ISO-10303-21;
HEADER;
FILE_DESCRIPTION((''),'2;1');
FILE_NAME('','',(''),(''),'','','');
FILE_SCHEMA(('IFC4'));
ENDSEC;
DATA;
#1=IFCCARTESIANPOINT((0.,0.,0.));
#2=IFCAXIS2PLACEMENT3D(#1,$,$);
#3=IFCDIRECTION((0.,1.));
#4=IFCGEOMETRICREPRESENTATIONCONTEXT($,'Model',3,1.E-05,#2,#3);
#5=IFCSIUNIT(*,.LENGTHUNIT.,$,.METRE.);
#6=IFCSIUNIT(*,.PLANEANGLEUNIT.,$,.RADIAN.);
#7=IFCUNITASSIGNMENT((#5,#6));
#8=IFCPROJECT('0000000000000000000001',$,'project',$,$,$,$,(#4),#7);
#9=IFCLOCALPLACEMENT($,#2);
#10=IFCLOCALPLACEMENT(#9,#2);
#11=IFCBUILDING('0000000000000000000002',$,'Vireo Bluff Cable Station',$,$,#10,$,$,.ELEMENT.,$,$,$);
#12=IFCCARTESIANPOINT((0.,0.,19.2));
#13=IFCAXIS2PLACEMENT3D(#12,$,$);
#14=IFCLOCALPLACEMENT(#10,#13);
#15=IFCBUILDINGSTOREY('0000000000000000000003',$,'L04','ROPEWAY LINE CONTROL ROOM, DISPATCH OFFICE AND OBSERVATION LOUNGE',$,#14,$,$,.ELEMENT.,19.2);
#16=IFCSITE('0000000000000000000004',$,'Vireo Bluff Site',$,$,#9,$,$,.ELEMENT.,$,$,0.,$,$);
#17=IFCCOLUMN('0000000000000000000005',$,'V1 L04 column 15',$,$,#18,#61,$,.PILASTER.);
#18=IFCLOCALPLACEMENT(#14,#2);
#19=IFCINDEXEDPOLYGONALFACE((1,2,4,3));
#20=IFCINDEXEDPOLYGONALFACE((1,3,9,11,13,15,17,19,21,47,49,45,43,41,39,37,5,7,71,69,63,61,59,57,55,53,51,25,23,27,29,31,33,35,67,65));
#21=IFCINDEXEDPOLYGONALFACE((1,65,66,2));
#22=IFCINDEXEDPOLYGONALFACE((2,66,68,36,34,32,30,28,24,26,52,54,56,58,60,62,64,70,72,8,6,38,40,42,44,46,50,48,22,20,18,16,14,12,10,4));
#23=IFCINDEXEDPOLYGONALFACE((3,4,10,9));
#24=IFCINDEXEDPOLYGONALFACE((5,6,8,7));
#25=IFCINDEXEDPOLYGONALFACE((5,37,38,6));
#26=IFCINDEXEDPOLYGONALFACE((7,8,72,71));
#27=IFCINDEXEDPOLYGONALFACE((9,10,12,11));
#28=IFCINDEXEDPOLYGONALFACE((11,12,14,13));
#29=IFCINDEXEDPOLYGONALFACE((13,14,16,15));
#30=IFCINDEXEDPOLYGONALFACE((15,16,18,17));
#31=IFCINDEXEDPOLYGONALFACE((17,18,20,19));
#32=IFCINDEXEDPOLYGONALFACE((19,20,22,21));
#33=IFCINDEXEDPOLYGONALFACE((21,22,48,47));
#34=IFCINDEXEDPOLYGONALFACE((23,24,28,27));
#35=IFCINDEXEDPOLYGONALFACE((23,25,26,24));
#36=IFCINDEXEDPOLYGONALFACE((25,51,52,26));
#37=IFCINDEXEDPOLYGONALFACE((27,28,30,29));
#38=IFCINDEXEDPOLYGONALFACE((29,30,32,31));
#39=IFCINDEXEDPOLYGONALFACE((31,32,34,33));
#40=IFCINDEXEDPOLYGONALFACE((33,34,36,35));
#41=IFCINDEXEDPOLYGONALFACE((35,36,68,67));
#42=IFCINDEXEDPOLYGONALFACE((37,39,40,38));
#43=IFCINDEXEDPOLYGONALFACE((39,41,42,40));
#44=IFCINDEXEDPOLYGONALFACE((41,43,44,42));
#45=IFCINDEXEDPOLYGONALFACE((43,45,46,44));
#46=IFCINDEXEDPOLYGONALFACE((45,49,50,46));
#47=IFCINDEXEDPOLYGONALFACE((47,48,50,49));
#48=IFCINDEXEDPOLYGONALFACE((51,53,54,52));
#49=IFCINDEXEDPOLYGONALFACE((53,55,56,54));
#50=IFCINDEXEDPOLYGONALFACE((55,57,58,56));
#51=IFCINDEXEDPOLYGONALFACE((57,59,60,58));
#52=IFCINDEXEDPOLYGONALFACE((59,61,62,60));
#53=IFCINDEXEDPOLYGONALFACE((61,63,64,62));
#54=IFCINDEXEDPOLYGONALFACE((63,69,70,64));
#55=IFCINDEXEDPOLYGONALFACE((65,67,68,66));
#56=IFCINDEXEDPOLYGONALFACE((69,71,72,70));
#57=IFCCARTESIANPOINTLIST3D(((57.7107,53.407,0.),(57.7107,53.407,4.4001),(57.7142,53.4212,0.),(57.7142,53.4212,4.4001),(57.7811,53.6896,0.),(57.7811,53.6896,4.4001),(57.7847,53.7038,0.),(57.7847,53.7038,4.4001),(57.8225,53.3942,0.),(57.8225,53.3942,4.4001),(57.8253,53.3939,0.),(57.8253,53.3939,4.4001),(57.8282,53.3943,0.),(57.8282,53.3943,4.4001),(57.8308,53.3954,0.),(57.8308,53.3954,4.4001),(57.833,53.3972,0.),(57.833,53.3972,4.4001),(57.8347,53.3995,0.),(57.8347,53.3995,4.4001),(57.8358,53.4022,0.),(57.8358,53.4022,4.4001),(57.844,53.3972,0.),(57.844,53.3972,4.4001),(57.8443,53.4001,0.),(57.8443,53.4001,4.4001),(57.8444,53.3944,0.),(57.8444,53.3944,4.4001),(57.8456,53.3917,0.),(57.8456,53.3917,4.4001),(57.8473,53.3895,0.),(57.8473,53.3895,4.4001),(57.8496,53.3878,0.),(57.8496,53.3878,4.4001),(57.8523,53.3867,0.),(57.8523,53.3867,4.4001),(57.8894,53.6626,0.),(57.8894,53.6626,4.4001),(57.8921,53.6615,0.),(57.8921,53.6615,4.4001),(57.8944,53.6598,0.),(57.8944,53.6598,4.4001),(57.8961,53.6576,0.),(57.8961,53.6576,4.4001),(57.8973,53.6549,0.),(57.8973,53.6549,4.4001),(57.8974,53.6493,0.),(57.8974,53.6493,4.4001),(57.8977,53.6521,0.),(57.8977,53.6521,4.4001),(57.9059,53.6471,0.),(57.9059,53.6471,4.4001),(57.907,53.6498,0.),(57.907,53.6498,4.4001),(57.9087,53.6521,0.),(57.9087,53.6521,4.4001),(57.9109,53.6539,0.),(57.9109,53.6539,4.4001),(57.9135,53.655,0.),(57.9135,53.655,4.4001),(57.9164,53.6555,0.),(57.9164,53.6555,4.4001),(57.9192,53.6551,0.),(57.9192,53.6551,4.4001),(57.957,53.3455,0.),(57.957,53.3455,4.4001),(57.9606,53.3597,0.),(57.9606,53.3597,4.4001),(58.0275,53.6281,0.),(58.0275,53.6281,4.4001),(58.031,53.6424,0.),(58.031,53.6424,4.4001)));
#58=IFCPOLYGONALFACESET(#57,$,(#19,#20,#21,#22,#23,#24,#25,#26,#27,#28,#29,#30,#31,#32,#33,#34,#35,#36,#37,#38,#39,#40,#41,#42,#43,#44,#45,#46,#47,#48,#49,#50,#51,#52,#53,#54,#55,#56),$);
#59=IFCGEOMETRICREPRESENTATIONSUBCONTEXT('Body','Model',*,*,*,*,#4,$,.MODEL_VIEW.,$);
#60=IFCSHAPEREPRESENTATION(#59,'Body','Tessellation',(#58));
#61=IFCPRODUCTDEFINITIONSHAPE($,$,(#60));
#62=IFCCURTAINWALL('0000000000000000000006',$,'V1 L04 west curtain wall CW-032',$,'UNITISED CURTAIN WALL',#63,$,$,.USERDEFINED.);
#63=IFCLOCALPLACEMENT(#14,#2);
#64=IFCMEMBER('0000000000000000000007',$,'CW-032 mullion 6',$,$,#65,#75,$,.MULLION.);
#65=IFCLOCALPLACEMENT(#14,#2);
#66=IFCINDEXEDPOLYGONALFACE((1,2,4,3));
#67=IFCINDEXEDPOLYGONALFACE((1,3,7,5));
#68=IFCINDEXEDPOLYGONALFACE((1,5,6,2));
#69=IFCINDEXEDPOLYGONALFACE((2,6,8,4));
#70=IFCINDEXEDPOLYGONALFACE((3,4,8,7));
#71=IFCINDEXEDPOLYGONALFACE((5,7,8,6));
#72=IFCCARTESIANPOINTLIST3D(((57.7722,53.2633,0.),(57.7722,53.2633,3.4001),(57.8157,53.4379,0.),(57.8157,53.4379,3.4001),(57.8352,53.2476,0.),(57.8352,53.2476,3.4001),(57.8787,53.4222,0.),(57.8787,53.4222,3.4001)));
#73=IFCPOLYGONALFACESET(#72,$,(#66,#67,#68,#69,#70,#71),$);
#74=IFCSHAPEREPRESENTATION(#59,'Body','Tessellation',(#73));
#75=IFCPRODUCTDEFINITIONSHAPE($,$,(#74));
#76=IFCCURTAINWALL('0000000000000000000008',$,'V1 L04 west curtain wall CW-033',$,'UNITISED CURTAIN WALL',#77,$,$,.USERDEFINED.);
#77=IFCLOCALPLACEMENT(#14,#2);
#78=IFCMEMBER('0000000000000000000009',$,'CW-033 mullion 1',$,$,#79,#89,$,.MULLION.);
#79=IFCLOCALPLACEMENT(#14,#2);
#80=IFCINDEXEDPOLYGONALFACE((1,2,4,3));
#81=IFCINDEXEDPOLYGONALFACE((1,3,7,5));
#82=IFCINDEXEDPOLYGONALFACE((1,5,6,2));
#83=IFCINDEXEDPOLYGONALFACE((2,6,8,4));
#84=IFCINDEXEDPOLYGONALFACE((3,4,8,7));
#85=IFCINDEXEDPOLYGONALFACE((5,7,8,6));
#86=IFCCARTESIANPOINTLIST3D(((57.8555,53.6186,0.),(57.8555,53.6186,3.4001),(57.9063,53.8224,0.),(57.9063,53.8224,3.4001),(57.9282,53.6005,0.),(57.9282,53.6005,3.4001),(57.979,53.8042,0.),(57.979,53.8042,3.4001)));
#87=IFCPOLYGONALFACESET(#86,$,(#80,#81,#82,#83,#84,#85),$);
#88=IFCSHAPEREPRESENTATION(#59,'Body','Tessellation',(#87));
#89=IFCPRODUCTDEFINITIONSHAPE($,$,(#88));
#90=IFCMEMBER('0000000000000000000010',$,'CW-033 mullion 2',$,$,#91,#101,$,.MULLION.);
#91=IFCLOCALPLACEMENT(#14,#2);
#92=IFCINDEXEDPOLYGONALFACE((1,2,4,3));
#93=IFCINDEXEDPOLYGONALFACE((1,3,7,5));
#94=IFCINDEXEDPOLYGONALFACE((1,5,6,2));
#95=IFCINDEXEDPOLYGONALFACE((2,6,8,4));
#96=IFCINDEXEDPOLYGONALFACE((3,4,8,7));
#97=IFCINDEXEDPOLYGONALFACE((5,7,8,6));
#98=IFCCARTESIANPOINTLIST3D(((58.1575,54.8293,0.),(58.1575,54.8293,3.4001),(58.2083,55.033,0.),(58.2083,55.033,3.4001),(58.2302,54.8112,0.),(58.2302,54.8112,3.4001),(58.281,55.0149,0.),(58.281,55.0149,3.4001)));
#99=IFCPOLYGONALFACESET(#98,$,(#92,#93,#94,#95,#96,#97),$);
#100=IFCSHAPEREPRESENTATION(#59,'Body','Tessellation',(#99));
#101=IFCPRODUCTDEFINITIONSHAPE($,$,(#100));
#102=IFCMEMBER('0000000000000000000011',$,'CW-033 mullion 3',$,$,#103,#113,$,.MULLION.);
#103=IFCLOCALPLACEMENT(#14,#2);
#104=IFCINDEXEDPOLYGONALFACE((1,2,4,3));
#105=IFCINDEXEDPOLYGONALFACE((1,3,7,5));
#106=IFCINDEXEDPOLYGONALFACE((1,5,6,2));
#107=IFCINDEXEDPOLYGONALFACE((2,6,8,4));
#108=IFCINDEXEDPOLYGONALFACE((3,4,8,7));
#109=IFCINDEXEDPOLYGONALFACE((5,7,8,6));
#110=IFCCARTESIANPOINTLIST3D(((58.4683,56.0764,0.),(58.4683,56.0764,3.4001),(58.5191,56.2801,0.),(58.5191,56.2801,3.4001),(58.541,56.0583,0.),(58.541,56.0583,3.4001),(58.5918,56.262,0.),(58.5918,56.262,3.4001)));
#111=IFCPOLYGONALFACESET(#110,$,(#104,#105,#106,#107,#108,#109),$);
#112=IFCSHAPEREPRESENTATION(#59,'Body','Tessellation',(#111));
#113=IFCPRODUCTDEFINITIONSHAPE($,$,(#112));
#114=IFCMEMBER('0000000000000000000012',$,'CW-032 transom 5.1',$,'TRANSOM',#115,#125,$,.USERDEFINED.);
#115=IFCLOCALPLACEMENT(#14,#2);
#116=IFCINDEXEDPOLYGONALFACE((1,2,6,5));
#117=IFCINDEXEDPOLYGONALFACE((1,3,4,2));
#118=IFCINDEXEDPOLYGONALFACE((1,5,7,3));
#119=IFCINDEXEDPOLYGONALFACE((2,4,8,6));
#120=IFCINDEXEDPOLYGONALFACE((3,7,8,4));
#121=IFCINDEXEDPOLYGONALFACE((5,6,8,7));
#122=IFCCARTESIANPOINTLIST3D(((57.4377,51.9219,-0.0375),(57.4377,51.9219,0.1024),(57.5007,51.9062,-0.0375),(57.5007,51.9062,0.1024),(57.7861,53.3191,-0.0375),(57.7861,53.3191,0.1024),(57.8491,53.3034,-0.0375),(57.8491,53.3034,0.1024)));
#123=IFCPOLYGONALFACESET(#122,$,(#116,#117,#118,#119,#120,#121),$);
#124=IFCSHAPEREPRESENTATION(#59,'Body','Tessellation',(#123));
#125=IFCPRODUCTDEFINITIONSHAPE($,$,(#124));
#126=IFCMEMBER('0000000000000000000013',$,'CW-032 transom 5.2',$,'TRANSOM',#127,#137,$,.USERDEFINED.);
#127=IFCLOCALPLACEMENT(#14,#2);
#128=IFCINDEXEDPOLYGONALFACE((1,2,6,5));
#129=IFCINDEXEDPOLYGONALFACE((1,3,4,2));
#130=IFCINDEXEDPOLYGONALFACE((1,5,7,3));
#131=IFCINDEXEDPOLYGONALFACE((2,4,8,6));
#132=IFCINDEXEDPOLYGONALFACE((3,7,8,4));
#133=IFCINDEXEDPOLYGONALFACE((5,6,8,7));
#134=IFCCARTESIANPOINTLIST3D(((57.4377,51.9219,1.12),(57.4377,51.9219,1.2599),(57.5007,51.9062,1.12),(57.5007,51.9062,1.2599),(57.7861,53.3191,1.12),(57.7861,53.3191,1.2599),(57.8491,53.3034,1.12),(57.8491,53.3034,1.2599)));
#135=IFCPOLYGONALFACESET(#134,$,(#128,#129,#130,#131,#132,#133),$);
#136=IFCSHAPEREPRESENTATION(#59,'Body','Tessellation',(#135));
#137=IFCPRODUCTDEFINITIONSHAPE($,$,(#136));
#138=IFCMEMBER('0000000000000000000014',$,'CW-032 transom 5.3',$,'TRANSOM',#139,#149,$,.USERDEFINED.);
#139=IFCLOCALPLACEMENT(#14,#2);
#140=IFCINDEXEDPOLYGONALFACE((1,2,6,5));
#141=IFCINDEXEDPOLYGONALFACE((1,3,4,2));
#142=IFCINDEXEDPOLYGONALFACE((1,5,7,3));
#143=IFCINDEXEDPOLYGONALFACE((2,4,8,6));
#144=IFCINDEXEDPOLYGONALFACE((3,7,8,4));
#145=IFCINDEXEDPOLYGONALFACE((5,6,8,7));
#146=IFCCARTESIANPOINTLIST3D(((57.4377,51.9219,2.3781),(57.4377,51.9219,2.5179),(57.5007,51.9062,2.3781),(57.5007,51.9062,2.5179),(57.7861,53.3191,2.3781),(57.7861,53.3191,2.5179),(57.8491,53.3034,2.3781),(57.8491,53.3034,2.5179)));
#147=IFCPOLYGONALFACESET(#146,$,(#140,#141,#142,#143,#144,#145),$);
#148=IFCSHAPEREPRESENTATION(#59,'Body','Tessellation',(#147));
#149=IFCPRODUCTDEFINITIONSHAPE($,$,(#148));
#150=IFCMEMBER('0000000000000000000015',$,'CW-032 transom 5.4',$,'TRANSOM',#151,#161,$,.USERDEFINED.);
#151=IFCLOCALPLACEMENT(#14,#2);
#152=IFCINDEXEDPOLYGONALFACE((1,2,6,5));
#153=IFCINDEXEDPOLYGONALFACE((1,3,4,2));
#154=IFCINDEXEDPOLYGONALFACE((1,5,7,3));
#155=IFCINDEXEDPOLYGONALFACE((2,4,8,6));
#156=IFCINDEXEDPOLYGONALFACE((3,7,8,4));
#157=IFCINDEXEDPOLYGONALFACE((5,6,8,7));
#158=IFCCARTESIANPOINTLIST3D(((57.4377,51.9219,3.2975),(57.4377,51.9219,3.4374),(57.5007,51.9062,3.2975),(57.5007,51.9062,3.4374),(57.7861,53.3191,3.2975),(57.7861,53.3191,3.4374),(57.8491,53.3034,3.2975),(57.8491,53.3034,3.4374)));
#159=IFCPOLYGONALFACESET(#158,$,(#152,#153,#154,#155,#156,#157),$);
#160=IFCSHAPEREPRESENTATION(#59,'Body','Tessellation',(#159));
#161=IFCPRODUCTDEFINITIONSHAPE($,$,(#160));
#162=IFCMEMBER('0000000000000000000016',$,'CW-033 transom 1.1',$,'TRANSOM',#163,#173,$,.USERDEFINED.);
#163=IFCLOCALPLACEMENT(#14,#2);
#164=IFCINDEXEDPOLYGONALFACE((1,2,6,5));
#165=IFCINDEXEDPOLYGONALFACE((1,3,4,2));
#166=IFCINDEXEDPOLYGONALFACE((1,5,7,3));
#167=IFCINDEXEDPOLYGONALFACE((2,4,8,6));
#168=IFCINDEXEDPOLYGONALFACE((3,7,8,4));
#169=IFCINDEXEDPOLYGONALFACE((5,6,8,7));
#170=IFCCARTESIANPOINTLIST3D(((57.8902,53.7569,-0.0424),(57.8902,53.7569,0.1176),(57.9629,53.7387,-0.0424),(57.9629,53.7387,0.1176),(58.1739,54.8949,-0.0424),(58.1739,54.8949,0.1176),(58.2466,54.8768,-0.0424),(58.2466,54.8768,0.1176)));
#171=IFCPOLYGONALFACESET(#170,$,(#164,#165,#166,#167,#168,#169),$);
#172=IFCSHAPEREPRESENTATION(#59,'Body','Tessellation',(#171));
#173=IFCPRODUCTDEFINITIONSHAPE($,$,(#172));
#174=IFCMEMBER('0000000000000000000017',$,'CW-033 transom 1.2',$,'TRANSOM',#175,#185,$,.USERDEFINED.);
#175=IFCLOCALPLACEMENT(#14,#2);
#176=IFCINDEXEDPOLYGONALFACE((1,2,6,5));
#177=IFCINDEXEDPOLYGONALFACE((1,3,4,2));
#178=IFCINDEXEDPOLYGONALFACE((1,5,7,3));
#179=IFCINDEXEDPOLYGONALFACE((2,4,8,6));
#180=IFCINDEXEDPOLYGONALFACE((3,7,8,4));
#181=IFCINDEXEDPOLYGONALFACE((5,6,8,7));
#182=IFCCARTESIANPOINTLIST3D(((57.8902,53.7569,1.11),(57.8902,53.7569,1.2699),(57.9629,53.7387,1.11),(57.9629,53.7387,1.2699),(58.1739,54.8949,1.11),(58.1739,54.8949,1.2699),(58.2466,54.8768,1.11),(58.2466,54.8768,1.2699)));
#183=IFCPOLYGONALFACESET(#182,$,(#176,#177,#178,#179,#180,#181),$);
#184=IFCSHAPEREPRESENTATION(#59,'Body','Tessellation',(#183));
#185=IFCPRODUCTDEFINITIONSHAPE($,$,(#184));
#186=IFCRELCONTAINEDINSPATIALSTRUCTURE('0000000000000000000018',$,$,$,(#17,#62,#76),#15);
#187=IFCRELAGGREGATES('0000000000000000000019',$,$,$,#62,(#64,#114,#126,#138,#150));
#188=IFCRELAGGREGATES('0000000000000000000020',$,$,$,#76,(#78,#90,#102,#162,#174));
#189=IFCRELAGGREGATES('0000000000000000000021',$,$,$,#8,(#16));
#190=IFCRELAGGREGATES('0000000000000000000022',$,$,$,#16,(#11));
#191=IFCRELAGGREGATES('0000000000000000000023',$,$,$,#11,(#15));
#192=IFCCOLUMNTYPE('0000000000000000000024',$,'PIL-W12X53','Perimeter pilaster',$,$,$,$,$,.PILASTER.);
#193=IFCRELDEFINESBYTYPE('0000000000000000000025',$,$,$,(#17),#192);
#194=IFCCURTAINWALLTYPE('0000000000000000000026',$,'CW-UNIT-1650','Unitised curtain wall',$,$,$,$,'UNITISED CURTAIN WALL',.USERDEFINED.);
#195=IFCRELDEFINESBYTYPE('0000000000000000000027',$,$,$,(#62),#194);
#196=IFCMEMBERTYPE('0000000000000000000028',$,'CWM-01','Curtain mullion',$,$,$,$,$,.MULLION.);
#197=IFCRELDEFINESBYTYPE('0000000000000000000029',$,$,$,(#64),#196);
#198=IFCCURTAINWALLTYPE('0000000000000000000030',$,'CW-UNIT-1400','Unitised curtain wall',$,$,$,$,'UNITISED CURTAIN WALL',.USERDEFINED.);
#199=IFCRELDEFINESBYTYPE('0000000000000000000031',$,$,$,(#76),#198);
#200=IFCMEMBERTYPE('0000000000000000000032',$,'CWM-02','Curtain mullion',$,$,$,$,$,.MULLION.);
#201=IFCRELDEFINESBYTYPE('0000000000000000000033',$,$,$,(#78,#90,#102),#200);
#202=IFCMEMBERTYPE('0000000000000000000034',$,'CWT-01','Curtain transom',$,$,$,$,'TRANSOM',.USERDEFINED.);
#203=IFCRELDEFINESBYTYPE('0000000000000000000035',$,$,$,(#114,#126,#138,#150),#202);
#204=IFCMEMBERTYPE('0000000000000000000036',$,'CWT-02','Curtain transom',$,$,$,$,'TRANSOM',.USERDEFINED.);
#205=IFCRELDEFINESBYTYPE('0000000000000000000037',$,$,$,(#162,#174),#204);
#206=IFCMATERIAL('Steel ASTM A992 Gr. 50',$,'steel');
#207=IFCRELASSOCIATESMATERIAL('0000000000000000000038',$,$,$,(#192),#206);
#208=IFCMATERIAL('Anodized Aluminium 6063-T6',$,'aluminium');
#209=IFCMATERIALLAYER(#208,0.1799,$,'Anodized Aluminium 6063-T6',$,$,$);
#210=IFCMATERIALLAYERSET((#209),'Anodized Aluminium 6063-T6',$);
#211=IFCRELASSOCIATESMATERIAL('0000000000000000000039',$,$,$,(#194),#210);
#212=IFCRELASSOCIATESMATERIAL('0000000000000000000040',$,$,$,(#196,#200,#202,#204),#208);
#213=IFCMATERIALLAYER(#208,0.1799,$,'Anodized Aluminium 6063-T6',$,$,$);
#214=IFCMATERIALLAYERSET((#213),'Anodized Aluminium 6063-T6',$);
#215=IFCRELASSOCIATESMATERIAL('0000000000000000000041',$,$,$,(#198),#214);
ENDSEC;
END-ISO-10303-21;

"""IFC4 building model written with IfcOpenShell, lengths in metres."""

from ifc_helpers import new_model, si_unit, direction, frame, origin, origin_2d, place, context, subcontext, project, spatial, rectangle, i_section, extrude, material, layer, layer_set, material_profile, profile_set, type_object, element, aggregate, save


model = new_model("IFC4")

# Units and contexts
model_context = context("Model", 3, precision=1e-05, world=origin(), true_north=direction((0.0, 1.0)))
body_context = subcontext(model_context, "Body", "Model", "MODEL_VIEW")
ifc_project = project(units=[si_unit("LENGTHUNIT", "METRE"), si_unit("PLANEANGLEUNIT", "RADIAN")], contexts=[model_context])

# Site, building, storey
site_placement = place(None, origin())
site = spatial("IfcSite", under=ifc_project, at=site_placement, Name="Vireo Bluff Site", CompositionType="ELEMENT", RefElevation=0.0)
building_placement = place(site_placement, origin())
building = spatial("IfcBuilding", under=site, at=building_placement, Name="Vireo Bluff Cable Station", CompositionType="ELEMENT")
storey_placement = place(building_placement, frame((0.0, 0.0, 19.2)))
storey = spatial("IfcBuildingStorey", under=building, at=storey_placement, Name="L04", Description="ROPEWAY LINE CONTROL ROOM, DISPATCH OFFICE AND OBSERVATION LOUNGE", CompositionType="ELEMENT", Elevation=19.2)

# Column
ifc_material_1 = material(Name="Steel ASTM A992 Gr. 50", Category="steel")
ifc_material_profile_1 = material_profile(ifc_material_1, i_section(OverallWidth=0.2539, OverallDepth=0.3059, WebThickness=0.0088, FlangeThickness=0.0146, FilletRadius=0.011, at=origin_2d()), Name="W12X53")
ifc_profile_set_1 = profile_set([ifc_material_profile_1], Name="Steel ASTM A992 Gr. 50")
column_type = type_object("IfcColumnType", Name="PIL-W12X53", Description="Perimeter pilaster", PredefinedType="PILASTER", material=ifc_profile_set_1)
column_placement = place(storey_placement, frame((57.8708, 53.5247, 0.0), z_axis=(0.0, 0.0, 1.0), x_axis=(0.970296, -0.241922, 0.0)))
element("IfcColumn", 1, at=column_placement, inside=storey, type_object=column_type, Name="V1 L04 column 15", PredefinedType="PILASTER", context=body_context, shape_type="SweptSolid", body=[
    extrude(i_section(OverallWidth=0.2539, OverallDepth=0.3059, WebThickness=0.0088, FlangeThickness=0.0146, FilletRadius=0.011, at=origin_2d()), origin(), (0.0, 0.0, 1.0), 4.4001),
])

# Curtain wall, member
ifc_material_2 = material(Name="Anodized Aluminium 6063-T6", Category="aluminium")
ifc_layer_1 = layer(ifc_material_2, 0.1799, Name="Anodized Aluminium 6063-T6")
ifc_layer_set_1 = layer_set([ifc_layer_1], Name="Anodized Aluminium 6063-T6")
curtain_wall_type_1 = type_object("IfcCurtainWallType", Name="CW-UNIT-1650", Description="Unitised curtain wall", ElementType="UNITISED CURTAIN WALL", PredefinedType="USERDEFINED", material=ifc_layer_set_1)
curtain_wall_1_placement = place(storey_placement, origin())
curtain_wall_1 = element("IfcCurtainWall", 2, at=curtain_wall_1_placement, inside=storey, type_object=curtain_wall_type_1, Name="V1 L04 west curtain wall CW-032", ObjectType="UNITISED CURTAIN WALL", PredefinedType="USERDEFINED")
ifc_material_profile_2 = material_profile(ifc_material_2, rectangle(XDim=0.0649, YDim=0.1799, at=origin_2d()), Name="ALU-M-65X180")
ifc_profile_set_2 = profile_set([ifc_material_profile_2], Name="Anodized Aluminium 6063-T6")
member_type_1 = type_object("IfcMemberType", Name="CWM-01", Description="Curtain mullion", PredefinedType="MULLION", material=ifc_profile_set_2)
member_1_placement = place(storey_placement, frame((57.8254, 53.3428, 0.0), z_axis=(0.0, 0.0, 1.0), x_axis=(-0.970296, 0.241922, 0.0)))
member_1 = element("IfcMember", 3, at=member_1_placement, type_object=member_type_1, Name="CW-032 mullion 6", PredefinedType="MULLION", context=body_context, shape_type="SweptSolid", body=[
    extrude(rectangle(XDim=0.0649, YDim=0.1799, at=origin_2d()), origin(), (0.0, 0.0, 1.0), 3.4001),
])

# Curtain wall, members
ifc_layer_2 = layer(ifc_material_2, 0.1799, Name="Anodized Aluminium 6063-T6")
ifc_layer_set_2 = layer_set([ifc_layer_2], Name="Anodized Aluminium 6063-T6")
curtain_wall_type_2 = type_object("IfcCurtainWallType", Name="CW-UNIT-1400", Description="Unitised curtain wall", ElementType="UNITISED CURTAIN WALL", PredefinedType="USERDEFINED", material=ifc_layer_set_2)
curtain_wall_2_placement = place(storey_placement, origin())
curtain_wall_2 = element("IfcCurtainWall", 4, at=curtain_wall_2_placement, inside=storey, type_object=curtain_wall_type_2, Name="V1 L04 west curtain wall CW-033", ObjectType="UNITISED CURTAIN WALL", PredefinedType="USERDEFINED")
ifc_material_profile_3 = material_profile(ifc_material_2, rectangle(XDim=0.075, YDim=0.21, at=origin_2d()), Name="ALU-M-75X210")
ifc_profile_set_3 = profile_set([ifc_material_profile_3], Name="Anodized Aluminium 6063-T6")
member_type_2 = type_object("IfcMemberType", Name="CWM-02", Description="Curtain mullion", PredefinedType="MULLION", material=ifc_profile_set_3)
member_2_placement = place(storey_placement, frame((57.9172, 53.7114, 0.0), z_axis=(0.0, 0.0, 1.0), x_axis=(-0.970296, 0.241922, 0.0)))
member_2 = element("IfcMember", 5, at=member_2_placement, type_object=member_type_2, Name="CW-033 mullion 1", PredefinedType="MULLION", context=body_context, shape_type="SweptSolid", body=[
    extrude(rectangle(XDim=0.075, YDim=0.21, at=origin_2d()), origin(), (0.0, 0.0, 1.0), 3.4001),
])
member_3_placement = place(storey_placement, frame((58.2192, 54.9221, 0.0), z_axis=(0.0, 0.0, 1.0), x_axis=(-0.970296, 0.241922, 0.0)))
member_3 = element("IfcMember", 6, at=member_3_placement, type_object=member_type_2, Name="CW-033 mullion 2", PredefinedType="MULLION", context=body_context, shape_type="SweptSolid", body=[
    extrude(rectangle(XDim=0.075, YDim=0.21, at=origin_2d()), origin(), (0.0, 0.0, 1.0), 3.4001),
])
member_4_placement = place(storey_placement, frame((58.53, 56.1692, 0.0), z_axis=(0.0, 0.0, 1.0), x_axis=(-0.970296, 0.241922, 0.0)))
member_4 = element("IfcMember", 7, at=member_4_placement, type_object=member_type_2, Name="CW-033 mullion 3", PredefinedType="MULLION", context=body_context, shape_type="SweptSolid", body=[
    extrude(rectangle(XDim=0.075, YDim=0.21, at=origin_2d()), origin(), (0.0, 0.0, 1.0), 3.4001),
])

# Members
ifc_material_profile_4 = material_profile(ifc_material_2, rectangle(XDim=0.0649, YDim=0.1399, at=origin_2d()), Name="ALU-T-65X140")
ifc_profile_set_4 = profile_set([ifc_material_profile_4], Name="Anodized Aluminium 6063-T6")
member_type_3 = type_object("IfcMemberType", Name="CWT-01", Description="Curtain transom", ElementType="TRANSOM", PredefinedType="USERDEFINED", material=ifc_profile_set_4)
member_5_placement = place(storey_placement, frame((57.4692, 51.9141, 0.0325), z_axis=(0.241937, 0.970292, 0.0), x_axis=(-0.970292, 0.241937, 0.0)))
member_5 = element("IfcMember", 8, at=member_5_placement, type_object=member_type_3, Name="CW-032 transom 5.1", ObjectType="TRANSOM", PredefinedType="USERDEFINED", context=body_context, shape_type="SweptSolid", body=[
    extrude(rectangle(XDim=0.0649, YDim=0.1399, at=origin_2d()), origin(), (0.0, 0.0, 1.0), 1.4399),
])
member_6_placement = place(storey_placement, frame((57.4692, 51.9141, 1.1899), z_axis=(0.241937, 0.970292, 0.0), x_axis=(-0.970292, 0.241937, 0.0)))
member_6 = element("IfcMember", 9, at=member_6_placement, type_object=member_type_3, Name="CW-032 transom 5.2", ObjectType="TRANSOM", PredefinedType="USERDEFINED", context=body_context, shape_type="SweptSolid", body=[
    extrude(rectangle(XDim=0.0649, YDim=0.1399, at=origin_2d()), origin(), (0.0, 0.0, 1.0), 1.4399),
])
member_7_placement = place(storey_placement, frame((57.4692, 51.9141, 2.448), z_axis=(0.241937, 0.970292, 0.0), x_axis=(-0.970292, 0.241937, 0.0)))
member_7 = element("IfcMember", 10, at=member_7_placement, type_object=member_type_3, Name="CW-032 transom 5.3", ObjectType="TRANSOM", PredefinedType="USERDEFINED", context=body_context, shape_type="SweptSolid", body=[
    extrude(rectangle(XDim=0.0649, YDim=0.1399, at=origin_2d()), origin(), (0.0, 0.0, 1.0), 1.4399),
])
member_8_placement = place(storey_placement, frame((57.4692, 51.9141, 3.3674), z_axis=(0.241937, 0.970292, 0.0), x_axis=(-0.970292, 0.241937, 0.0)))
member_8 = element("IfcMember", 11, at=member_8_placement, type_object=member_type_3, Name="CW-032 transom 5.4", ObjectType="TRANSOM", PredefinedType="USERDEFINED", context=body_context, shape_type="SweptSolid", body=[
    extrude(rectangle(XDim=0.0649, YDim=0.1399, at=origin_2d()), origin(), (0.0, 0.0, 1.0), 1.4399),
])
ifc_material_profile_5 = material_profile(ifc_material_2, rectangle(XDim=0.075, YDim=0.1599, at=origin_2d()), Name="ALU-T-75X160")
ifc_profile_set_5 = profile_set([ifc_material_profile_5], Name="Anodized Aluminium 6063-T6")
member_type_4 = type_object("IfcMemberType", Name="CWT-02", Description="Curtain transom", ElementType="TRANSOM", PredefinedType="USERDEFINED", material=ifc_profile_set_5)
member_9_placement = place(storey_placement, frame((57.9265, 53.7478, 0.0376), z_axis=(0.241899, 0.970301, 0.0), x_axis=(-0.970301, 0.241899, 0.0)))
member_9 = element("IfcMember", 12, at=member_9_placement, type_object=member_type_4, Name="CW-033 transom 1.1", ObjectType="TRANSOM", PredefinedType="USERDEFINED", context=body_context, shape_type="SweptSolid", body=[
    extrude(rectangle(XDim=0.075, YDim=0.1599, at=origin_2d()), origin(), (0.0, 0.0, 1.0), 1.1729),
])
member_10_placement = place(storey_placement, frame((57.9265, 53.7478, 1.1899), z_axis=(0.241899, 0.970301, 0.0), x_axis=(-0.970301, 0.241899, 0.0)))
member_10 = element("IfcMember", 13, at=member_10_placement, type_object=member_type_4, Name="CW-033 transom 1.2", ObjectType="TRANSOM", PredefinedType="USERDEFINED", context=body_context, shape_type="SweptSolid", body=[
    extrude(rectangle(XDim=0.075, YDim=0.1599, at=origin_2d()), origin(), (0.0, 0.0, 1.0), 1.1729),
])

aggregate(curtain_wall_1, [member_1, member_5, member_6, member_7, member_8])
aggregate(curtain_wall_2, [member_2, member_3, member_4, member_9, member_10])

save(model, "model.ifc")
